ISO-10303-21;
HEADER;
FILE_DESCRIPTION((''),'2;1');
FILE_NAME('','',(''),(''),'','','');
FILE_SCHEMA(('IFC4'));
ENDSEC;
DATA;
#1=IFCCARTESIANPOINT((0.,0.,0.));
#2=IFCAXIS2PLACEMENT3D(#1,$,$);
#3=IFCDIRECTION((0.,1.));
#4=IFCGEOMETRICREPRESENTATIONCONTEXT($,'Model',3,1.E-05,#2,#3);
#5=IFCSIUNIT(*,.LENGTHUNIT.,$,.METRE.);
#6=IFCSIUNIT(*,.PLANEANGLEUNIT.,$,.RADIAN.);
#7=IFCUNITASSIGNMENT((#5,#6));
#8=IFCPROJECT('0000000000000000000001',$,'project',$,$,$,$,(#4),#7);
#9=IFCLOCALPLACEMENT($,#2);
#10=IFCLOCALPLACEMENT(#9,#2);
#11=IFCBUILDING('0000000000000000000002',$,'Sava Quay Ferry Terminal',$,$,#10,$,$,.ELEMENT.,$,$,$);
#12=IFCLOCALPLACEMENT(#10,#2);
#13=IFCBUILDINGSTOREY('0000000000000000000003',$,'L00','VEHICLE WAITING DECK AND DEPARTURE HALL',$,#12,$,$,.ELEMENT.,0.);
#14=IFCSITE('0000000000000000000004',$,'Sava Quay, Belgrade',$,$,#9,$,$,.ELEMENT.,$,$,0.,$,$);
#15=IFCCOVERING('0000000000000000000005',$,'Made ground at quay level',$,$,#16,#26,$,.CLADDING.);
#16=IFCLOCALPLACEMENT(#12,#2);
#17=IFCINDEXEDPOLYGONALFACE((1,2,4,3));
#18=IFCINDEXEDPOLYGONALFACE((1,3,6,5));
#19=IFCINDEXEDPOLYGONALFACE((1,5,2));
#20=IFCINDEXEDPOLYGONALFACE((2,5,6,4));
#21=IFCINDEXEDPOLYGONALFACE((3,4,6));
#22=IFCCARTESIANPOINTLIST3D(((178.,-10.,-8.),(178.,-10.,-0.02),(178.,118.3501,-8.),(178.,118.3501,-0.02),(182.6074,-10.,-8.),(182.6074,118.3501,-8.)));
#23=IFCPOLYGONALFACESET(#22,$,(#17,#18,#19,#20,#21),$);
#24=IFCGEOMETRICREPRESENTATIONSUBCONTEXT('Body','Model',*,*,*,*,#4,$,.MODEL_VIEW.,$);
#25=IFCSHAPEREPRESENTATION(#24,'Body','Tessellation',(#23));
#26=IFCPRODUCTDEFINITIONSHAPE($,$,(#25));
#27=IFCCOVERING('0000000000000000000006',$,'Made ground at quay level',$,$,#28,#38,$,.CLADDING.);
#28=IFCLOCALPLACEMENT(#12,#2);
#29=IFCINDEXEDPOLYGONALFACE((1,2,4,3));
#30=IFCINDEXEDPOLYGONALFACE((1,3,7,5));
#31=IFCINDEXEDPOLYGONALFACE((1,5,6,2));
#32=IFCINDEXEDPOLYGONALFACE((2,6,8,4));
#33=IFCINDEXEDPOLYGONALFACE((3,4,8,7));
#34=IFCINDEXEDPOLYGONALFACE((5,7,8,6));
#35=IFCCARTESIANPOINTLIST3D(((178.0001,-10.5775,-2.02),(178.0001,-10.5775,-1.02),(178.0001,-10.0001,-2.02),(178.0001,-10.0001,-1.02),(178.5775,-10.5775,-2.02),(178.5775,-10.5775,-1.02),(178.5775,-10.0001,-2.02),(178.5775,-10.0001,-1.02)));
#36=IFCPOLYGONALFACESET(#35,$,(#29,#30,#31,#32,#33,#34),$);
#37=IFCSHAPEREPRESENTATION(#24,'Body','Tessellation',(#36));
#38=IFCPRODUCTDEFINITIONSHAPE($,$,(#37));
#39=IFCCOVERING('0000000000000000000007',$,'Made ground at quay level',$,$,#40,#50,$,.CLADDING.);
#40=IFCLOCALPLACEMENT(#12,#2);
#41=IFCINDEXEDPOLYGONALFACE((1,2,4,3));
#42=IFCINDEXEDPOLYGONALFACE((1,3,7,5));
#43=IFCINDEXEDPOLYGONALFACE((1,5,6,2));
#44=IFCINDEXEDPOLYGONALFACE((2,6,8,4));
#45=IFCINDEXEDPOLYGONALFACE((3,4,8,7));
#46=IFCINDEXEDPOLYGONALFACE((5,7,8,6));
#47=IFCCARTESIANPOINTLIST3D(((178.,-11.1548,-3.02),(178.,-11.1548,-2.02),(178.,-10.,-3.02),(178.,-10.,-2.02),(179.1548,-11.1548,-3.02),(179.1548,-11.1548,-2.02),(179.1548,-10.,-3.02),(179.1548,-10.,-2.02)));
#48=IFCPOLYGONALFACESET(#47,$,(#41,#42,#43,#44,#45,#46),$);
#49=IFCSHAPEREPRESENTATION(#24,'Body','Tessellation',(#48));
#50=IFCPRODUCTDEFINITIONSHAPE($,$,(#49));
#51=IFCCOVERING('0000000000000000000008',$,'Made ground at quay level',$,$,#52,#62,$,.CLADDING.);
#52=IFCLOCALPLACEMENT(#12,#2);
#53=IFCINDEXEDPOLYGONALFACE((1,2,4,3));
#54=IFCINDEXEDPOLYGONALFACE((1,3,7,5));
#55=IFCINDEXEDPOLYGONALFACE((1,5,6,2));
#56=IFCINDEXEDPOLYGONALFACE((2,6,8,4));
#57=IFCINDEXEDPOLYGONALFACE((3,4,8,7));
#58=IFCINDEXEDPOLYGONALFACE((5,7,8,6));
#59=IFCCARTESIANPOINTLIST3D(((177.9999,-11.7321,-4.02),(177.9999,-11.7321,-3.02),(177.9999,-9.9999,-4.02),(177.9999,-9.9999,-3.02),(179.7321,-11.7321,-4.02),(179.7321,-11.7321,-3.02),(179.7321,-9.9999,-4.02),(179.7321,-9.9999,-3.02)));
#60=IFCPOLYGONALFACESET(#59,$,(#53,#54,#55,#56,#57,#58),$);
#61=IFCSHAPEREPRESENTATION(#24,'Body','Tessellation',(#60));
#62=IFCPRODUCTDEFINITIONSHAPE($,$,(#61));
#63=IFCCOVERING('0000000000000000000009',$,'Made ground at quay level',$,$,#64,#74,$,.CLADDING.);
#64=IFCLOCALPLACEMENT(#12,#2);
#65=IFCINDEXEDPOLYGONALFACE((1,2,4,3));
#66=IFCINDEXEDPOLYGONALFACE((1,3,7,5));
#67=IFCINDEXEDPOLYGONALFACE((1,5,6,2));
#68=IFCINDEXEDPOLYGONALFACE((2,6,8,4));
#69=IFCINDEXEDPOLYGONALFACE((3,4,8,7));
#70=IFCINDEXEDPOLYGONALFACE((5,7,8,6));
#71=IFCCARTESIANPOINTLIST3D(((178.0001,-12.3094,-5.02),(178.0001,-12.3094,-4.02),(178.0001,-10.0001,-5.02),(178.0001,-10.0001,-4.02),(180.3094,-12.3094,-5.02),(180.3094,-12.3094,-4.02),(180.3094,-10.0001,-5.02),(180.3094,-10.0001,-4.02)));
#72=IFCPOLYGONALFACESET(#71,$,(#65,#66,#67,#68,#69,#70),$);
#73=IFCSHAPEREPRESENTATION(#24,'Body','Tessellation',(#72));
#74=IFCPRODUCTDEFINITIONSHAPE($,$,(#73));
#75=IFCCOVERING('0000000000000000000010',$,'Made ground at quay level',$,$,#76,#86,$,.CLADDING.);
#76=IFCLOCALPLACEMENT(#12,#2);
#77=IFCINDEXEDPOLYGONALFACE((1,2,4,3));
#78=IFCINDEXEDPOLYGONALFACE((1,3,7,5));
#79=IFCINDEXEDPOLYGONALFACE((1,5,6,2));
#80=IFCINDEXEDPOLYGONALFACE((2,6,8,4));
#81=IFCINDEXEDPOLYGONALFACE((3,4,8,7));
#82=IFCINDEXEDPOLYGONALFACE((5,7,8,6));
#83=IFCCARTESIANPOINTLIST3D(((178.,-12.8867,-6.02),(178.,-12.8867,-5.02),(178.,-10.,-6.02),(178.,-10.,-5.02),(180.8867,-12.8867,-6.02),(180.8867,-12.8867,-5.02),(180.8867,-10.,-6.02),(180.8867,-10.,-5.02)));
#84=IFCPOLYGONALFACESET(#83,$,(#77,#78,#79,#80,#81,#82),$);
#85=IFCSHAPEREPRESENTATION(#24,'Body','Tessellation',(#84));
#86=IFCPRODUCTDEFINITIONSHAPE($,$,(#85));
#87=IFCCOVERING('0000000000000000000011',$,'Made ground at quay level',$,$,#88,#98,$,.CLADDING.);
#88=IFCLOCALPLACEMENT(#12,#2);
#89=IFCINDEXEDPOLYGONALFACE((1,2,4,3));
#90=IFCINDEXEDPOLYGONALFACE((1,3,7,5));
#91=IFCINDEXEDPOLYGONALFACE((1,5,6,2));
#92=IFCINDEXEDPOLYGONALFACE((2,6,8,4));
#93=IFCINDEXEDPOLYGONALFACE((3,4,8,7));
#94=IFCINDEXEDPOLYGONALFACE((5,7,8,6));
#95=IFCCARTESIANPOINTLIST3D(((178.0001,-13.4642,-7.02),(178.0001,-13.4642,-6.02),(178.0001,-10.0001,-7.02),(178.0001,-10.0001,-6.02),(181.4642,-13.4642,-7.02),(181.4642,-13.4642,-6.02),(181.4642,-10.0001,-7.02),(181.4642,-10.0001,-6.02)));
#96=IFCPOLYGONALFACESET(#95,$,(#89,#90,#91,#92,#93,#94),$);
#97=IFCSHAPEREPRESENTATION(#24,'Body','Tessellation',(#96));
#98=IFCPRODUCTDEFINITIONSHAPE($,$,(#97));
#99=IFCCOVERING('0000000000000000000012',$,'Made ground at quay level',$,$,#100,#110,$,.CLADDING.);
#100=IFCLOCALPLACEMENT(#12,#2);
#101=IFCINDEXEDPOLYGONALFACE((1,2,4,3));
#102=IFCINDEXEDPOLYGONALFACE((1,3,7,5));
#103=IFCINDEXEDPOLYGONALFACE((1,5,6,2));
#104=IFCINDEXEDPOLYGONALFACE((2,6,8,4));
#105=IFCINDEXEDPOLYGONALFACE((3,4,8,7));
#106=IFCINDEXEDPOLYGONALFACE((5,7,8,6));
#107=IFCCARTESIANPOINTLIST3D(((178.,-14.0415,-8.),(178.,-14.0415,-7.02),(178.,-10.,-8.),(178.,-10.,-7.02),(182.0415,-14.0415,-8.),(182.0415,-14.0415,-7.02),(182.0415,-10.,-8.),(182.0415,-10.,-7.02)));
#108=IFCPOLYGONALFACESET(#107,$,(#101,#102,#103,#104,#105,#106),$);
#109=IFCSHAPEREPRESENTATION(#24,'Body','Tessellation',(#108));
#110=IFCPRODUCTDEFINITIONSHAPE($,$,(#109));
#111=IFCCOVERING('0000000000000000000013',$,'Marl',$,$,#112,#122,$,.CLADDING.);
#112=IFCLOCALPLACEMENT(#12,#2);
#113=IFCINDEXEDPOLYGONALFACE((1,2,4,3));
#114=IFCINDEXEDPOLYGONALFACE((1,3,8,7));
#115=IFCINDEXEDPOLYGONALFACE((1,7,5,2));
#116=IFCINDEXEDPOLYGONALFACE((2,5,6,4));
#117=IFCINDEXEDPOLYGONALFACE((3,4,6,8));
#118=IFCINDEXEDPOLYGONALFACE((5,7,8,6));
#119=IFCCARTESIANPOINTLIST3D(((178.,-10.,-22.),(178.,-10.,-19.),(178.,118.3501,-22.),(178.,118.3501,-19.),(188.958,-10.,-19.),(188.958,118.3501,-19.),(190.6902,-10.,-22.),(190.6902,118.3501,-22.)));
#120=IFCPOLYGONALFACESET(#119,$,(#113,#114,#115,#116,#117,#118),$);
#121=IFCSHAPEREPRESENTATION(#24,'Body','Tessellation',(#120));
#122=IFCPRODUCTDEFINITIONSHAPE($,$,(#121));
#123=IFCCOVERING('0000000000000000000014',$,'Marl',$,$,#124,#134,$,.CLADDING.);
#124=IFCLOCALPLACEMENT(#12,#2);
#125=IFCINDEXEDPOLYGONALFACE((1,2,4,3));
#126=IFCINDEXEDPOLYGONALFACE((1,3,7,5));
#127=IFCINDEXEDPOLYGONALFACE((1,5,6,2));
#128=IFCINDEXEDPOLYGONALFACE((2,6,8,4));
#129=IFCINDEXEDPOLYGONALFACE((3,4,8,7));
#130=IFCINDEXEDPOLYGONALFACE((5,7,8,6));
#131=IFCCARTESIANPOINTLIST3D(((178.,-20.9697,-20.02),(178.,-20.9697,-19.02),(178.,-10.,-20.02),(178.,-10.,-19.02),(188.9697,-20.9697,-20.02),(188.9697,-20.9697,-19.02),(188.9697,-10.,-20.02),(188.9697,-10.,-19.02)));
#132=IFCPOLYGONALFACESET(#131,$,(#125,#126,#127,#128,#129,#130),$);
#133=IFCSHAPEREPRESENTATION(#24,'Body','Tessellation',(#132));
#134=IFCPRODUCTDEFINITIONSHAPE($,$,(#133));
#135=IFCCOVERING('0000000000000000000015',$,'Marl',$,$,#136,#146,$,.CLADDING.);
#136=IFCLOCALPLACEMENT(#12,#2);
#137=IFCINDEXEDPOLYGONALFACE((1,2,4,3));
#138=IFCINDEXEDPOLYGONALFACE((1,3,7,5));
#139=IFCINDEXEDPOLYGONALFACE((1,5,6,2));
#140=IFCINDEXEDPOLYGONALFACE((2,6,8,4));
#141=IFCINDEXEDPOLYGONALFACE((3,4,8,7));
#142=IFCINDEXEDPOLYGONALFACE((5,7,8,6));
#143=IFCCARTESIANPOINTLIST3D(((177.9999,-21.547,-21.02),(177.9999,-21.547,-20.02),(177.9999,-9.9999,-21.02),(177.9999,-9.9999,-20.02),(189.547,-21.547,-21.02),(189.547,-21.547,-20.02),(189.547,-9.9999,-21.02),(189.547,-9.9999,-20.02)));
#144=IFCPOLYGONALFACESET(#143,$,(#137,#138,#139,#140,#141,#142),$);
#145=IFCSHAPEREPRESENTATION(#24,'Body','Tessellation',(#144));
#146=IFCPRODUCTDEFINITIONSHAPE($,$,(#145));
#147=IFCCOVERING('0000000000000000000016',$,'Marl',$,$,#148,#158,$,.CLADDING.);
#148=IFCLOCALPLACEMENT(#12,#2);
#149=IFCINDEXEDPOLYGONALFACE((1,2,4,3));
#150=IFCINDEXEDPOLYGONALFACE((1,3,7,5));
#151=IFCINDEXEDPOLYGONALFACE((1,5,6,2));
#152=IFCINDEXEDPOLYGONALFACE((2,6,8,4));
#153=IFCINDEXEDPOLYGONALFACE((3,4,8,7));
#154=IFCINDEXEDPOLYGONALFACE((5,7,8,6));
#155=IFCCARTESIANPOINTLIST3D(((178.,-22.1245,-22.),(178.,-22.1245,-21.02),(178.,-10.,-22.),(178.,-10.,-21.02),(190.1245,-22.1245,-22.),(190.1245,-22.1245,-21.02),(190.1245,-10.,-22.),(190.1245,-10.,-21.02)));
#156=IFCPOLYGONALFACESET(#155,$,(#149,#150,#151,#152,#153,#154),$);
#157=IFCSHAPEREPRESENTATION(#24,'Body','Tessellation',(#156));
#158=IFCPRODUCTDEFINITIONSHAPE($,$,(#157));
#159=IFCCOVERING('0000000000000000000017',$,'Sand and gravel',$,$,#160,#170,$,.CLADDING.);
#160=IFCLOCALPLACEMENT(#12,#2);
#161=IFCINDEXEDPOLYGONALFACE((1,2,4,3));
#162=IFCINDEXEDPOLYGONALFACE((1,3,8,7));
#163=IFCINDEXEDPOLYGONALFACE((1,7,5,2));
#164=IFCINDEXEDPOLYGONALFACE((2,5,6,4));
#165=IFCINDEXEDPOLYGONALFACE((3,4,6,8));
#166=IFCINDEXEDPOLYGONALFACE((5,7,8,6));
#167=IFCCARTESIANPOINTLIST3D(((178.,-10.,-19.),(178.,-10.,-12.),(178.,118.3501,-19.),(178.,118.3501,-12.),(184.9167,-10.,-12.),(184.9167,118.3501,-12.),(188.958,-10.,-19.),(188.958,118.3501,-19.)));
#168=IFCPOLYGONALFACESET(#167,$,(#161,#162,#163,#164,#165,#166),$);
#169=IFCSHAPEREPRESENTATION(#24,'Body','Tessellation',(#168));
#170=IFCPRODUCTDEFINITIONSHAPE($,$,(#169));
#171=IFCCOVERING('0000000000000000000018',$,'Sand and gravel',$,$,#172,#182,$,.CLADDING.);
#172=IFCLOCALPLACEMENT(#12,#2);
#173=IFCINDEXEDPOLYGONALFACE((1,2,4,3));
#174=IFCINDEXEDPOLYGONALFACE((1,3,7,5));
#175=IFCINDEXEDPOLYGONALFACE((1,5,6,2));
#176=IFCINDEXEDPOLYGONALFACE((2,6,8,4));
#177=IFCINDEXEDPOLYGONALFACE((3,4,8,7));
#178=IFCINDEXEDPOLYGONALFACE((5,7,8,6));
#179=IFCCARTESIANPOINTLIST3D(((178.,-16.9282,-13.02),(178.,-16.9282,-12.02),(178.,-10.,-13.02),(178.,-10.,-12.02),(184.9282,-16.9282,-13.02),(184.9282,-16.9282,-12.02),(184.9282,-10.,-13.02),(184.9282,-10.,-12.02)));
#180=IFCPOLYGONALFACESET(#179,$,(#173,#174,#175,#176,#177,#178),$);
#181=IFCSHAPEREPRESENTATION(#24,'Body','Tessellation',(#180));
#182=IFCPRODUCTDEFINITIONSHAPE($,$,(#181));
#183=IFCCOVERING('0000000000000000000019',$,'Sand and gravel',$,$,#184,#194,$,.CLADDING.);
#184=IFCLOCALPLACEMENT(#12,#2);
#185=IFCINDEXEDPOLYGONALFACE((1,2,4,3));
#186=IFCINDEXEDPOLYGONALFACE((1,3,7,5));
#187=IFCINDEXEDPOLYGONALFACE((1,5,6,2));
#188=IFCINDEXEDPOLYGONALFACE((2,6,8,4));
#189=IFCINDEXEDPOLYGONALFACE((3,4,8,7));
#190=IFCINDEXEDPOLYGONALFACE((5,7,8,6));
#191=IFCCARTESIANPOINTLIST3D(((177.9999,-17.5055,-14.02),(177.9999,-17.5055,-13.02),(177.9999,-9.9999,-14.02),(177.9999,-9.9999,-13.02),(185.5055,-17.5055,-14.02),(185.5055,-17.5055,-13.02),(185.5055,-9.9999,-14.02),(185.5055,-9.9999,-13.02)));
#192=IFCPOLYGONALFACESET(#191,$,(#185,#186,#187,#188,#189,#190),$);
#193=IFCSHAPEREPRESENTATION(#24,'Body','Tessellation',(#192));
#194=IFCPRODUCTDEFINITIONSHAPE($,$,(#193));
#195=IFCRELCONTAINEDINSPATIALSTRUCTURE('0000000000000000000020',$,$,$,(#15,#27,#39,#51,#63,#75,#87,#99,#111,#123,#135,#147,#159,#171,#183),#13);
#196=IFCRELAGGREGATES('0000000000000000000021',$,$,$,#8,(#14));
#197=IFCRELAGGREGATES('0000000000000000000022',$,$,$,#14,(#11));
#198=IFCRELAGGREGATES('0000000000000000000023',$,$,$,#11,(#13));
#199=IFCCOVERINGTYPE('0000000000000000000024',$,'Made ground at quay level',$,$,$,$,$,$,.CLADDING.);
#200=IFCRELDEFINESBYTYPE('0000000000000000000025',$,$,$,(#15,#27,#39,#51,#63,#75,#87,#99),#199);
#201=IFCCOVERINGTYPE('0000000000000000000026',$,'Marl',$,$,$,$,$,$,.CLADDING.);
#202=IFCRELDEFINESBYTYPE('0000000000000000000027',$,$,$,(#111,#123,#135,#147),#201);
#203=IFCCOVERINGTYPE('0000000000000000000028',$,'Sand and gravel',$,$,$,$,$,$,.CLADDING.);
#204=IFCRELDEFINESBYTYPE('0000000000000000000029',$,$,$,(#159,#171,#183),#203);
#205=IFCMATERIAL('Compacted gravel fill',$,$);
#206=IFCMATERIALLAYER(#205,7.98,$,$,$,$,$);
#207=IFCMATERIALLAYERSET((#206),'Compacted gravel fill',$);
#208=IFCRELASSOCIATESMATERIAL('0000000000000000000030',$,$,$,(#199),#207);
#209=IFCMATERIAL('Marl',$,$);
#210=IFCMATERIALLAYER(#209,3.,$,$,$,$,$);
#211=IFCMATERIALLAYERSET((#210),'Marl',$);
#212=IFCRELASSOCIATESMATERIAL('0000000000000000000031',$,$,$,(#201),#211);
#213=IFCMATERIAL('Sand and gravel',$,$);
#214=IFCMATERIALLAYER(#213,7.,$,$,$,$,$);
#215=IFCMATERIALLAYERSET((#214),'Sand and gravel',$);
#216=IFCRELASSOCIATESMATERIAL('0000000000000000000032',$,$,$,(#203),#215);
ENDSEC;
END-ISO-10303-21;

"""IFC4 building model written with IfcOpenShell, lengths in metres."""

from ifc_helpers import new_model, si_unit, direction, frame, origin, origin_2d, place, context, subcontext, project, spatial, polyline, rectangle, outline, extrude, material, layer, layer_set, type_object, element, save


model = new_model("IFC4")

# Units and contexts
model_context = context("Model", 3, precision=1e-05, world=origin(), true_north=direction((0.0, 1.0)))
body_context = subcontext(model_context, "Body", "Model", "MODEL_VIEW")
ifc_project = project(units=[si_unit("LENGTHUNIT", "METRE"), si_unit("PLANEANGLEUNIT", "RADIAN")], contexts=[model_context])

# Site, building, storey
site_placement = place(None, origin())
site = spatial("IfcSite", under=ifc_project, at=site_placement, Name="Sava Quay, Belgrade", CompositionType="ELEMENT", RefElevation=0.0)
building_placement = place(site_placement, origin())
building = spatial("IfcBuilding", under=site, at=building_placement, Name="Sava Quay Ferry Terminal", CompositionType="ELEMENT")
storey_placement = place(building_placement, origin())
storey = spatial("IfcBuildingStorey", under=building, at=storey_placement, Name="L00", Description="VEHICLE WAITING DECK AND DEPARTURE HALL", CompositionType="ELEMENT", Elevation=0.0)

# Coverings
ifc_material_1 = material(Name="Compacted gravel fill")
ifc_layer_1 = layer(ifc_material_1, 7.98)
ifc_layer_set_1 = layer_set([ifc_layer_1], Name="Compacted gravel fill")
covering_type_1 = type_object("IfcCoveringType", Name="Made ground at quay level", PredefinedType="CLADDING", material=ifc_layer_set_1)
covering_1_placement = place(storey_placement, frame((178.0, -10.0, -0.02), z_axis=(0.0, 1.0, 0.0), x_axis=(-1.0, 0.0, 0.0)))
element("IfcCovering", 1, at=covering_1_placement, inside=storey, type_object=covering_type_1, Name="Made ground at quay level", PredefinedType="CLADDING", context=body_context, shape_type="SweptSolid", body=[
    extrude(outline(polyline([(0.0, 0.0), (-4.6074, -7.98), (0.0, -7.98), (0.0, 0.0)])), origin(), (0.0, 0.0, 1.0), 128.3501),
])
covering_2_placement = place(storey_placement, frame((178.2888, -10.2888, -2.02), z_axis=(0.0, 0.0, 1.0), x_axis=(1.0, 0.0, 0.0)))
element("IfcCovering", 2, at=covering_2_placement, inside=storey, type_object=covering_type_1, Name="Made ground at quay level", PredefinedType="CLADDING", context=body_context, shape_type="SweptSolid", body=[
    extrude(rectangle(XDim=0.5774, YDim=0.5774, at=origin_2d()), origin(), (0.0, 0.0, 1.0), 1.0),
])
covering_3_placement = place(storey_placement, frame((178.5774, -10.5774, -3.02), z_axis=(0.0, 0.0, 1.0), x_axis=(1.0, 0.0, 0.0)))
element("IfcCovering", 3, at=covering_3_placement, inside=storey, type_object=covering_type_1, Name="Made ground at quay level", PredefinedType="CLADDING", context=body_context, shape_type="SweptSolid", body=[
    extrude(rectangle(XDim=1.1548, YDim=1.1548, at=origin_2d()), origin(), (0.0, 0.0, 1.0), 1.0),
])
covering_4_placement = place(storey_placement, frame((178.866, -10.866, -4.02), z_axis=(0.0, 0.0, 1.0), x_axis=(1.0, 0.0, 0.0)))
element("IfcCovering", 4, at=covering_4_placement, inside=storey, type_object=covering_type_1, Name="Made ground at quay level", PredefinedType="CLADDING", context=body_context, shape_type="SweptSolid", body=[
    extrude(rectangle(XDim=1.7322, YDim=1.7322, at=origin_2d()), origin(), (0.0, 0.0, 1.0), 1.0),
])
covering_5_placement = place(storey_placement, frame((179.1548, -11.1548, -5.02), z_axis=(0.0, 0.0, 1.0), x_axis=(1.0, 0.0, 0.0)))
element("IfcCovering", 5, at=covering_5_placement, inside=storey, type_object=covering_type_1, Name="Made ground at quay level", PredefinedType="CLADDING", context=body_context, shape_type="SweptSolid", body=[
    extrude(rectangle(XDim=2.3093, YDim=2.3093, at=origin_2d()), origin(), (0.0, 0.0, 1.0), 1.0),
])
covering_6_placement = place(storey_placement, frame((179.4434, -11.4434, -6.02), z_axis=(0.0, 0.0, 1.0), x_axis=(1.0, 0.0, 0.0)))
element("IfcCovering", 6, at=covering_6_placement, inside=storey, type_object=covering_type_1, Name="Made ground at quay level", PredefinedType="CLADDING", context=body_context, shape_type="SweptSolid", body=[
    extrude(rectangle(XDim=2.8867, YDim=2.8867, at=origin_2d()), origin(), (0.0, 0.0, 1.0), 1.0),
])
covering_7_placement = place(storey_placement, frame((179.7322, -11.7322, -7.02), z_axis=(0.0, 0.0, 1.0), x_axis=(1.0, 0.0, 0.0)))
element("IfcCovering", 7, at=covering_7_placement, inside=storey, type_object=covering_type_1, Name="Made ground at quay level", PredefinedType="CLADDING", context=body_context, shape_type="SweptSolid", body=[
    extrude(rectangle(XDim=3.4641, YDim=3.4641, at=origin_2d()), origin(), (0.0, 0.0, 1.0), 1.0),
])
covering_8_placement = place(storey_placement, frame((180.0208, -12.0208, -8.0), z_axis=(0.0, 0.0, 1.0), x_axis=(1.0, 0.0, 0.0)))
element("IfcCovering", 8, at=covering_8_placement, inside=storey, type_object=covering_type_1, Name="Made ground at quay level", PredefinedType="CLADDING", context=body_context, shape_type="SweptSolid", body=[
    extrude(rectangle(XDim=4.0415, YDim=4.0415, at=origin_2d()), origin(), (0.0, 0.0, 1.0), 0.98),
])
ifc_material_2 = material(Name="Marl")
ifc_layer_2 = layer(ifc_material_2, 3.0)
ifc_layer_set_2 = layer_set([ifc_layer_2], Name="Marl")
covering_type_2 = type_object("IfcCoveringType", Name="Marl", PredefinedType="CLADDING", material=ifc_layer_set_2)
covering_9_placement = place(storey_placement, frame((178.0, -10.0, -19.0), z_axis=(0.0, 1.0, 0.0), x_axis=(-1.0, 0.0, 0.0)))
element("IfcCovering", 9, at=covering_9_placement, inside=storey, type_object=covering_type_2, Name="Marl", PredefinedType="CLADDING", context=body_context, shape_type="SweptSolid", body=[
    extrude(outline(polyline([(0.0, 0.0), (-10.958, 0.0), (-12.6902, -3.0), (0.0, -3.0), (0.0, 0.0)])), origin(), (0.0, 0.0, 1.0), 128.3501),
])
covering_10_placement = place(storey_placement, frame((183.4849, -15.4849, -20.02), z_axis=(0.0, 0.0, 1.0), x_axis=(1.0, 0.0, 0.0)))
element("IfcCovering", 10, at=covering_10_placement, inside=storey, type_object=covering_type_2, Name="Marl", PredefinedType="CLADDING", context=body_context, shape_type="SweptSolid", body=[
    extrude(rectangle(XDim=10.9697, YDim=10.9697, at=origin_2d()), origin(), (0.0, 0.0, 1.0), 1.0),
])
covering_11_placement = place(storey_placement, frame((183.7734, -15.7734, -21.02), z_axis=(0.0, 0.0, 1.0), x_axis=(1.0, 0.0, 0.0)))
element("IfcCovering", 11, at=covering_11_placement, inside=storey, type_object=covering_type_2, Name="Marl", PredefinedType="CLADDING", context=body_context, shape_type="SweptSolid", body=[
    extrude(rectangle(XDim=11.5471, YDim=11.5471, at=origin_2d()), origin(), (0.0, 0.0, 1.0), 1.0),
])
covering_12_placement = place(storey_placement, frame((184.0623, -16.0623, -22.0), z_axis=(0.0, 0.0, 1.0), x_axis=(1.0, 0.0, 0.0)))
element("IfcCovering", 12, at=covering_12_placement, inside=storey, type_object=covering_type_2, Name="Marl", PredefinedType="CLADDING", context=body_context, shape_type="SweptSolid", body=[
    extrude(rectangle(XDim=12.1245, YDim=12.1245, at=origin_2d()), origin(), (0.0, 0.0, 1.0), 0.98),
])
ifc_material_3 = material(Name="Sand and gravel")
ifc_layer_3 = layer(ifc_material_3, 7.0)
ifc_layer_set_3 = layer_set([ifc_layer_3], Name="Sand and gravel")
covering_type_3 = type_object("IfcCoveringType", Name="Sand and gravel", PredefinedType="CLADDING", material=ifc_layer_set_3)
covering_13_placement = place(storey_placement, frame((178.0, -10.0, -12.0), z_axis=(0.0, 1.0, 0.0), x_axis=(-1.0, 0.0, 0.0)))
element("IfcCovering", 13, at=covering_13_placement, inside=storey, type_object=covering_type_3, Name="Sand and gravel", PredefinedType="CLADDING", context=body_context, shape_type="SweptSolid", body=[
    extrude(outline(polyline([(0.0, 0.0), (-6.9167, 0.0), (-10.958, -7.0), (0.0, -7.0), (0.0, 0.0)])), origin(), (0.0, 0.0, 1.0), 128.3501),
])
covering_14_placement = place(storey_placement, frame((181.4641, -13.4641, -13.02), z_axis=(0.0, 0.0, 1.0), x_axis=(1.0, 0.0, 0.0)))
element("IfcCovering", 14, at=covering_14_placement, inside=storey, type_object=covering_type_3, Name="Sand and gravel", PredefinedType="CLADDING", context=body_context, shape_type="SweptSolid", body=[
    extrude(rectangle(XDim=6.9282, YDim=6.9282, at=origin_2d()), origin(), (0.0, 0.0, 1.0), 1.0),
])
covering_15_placement = place(storey_placement, frame((181.7527, -13.7527, -14.02), z_axis=(0.0, 0.0, 1.0), x_axis=(1.0, 0.0, 0.0)))
element("IfcCovering", 15, at=covering_15_placement, inside=storey, type_object=covering_type_3, Name="Sand and gravel", PredefinedType="CLADDING", context=body_context, shape_type="SweptSolid", body=[
    extrude(rectangle(XDim=7.5056, YDim=7.5056, at=origin_2d()), origin(), (0.0, 0.0, 1.0), 1.0),
])

save(model, "model.ifc")
